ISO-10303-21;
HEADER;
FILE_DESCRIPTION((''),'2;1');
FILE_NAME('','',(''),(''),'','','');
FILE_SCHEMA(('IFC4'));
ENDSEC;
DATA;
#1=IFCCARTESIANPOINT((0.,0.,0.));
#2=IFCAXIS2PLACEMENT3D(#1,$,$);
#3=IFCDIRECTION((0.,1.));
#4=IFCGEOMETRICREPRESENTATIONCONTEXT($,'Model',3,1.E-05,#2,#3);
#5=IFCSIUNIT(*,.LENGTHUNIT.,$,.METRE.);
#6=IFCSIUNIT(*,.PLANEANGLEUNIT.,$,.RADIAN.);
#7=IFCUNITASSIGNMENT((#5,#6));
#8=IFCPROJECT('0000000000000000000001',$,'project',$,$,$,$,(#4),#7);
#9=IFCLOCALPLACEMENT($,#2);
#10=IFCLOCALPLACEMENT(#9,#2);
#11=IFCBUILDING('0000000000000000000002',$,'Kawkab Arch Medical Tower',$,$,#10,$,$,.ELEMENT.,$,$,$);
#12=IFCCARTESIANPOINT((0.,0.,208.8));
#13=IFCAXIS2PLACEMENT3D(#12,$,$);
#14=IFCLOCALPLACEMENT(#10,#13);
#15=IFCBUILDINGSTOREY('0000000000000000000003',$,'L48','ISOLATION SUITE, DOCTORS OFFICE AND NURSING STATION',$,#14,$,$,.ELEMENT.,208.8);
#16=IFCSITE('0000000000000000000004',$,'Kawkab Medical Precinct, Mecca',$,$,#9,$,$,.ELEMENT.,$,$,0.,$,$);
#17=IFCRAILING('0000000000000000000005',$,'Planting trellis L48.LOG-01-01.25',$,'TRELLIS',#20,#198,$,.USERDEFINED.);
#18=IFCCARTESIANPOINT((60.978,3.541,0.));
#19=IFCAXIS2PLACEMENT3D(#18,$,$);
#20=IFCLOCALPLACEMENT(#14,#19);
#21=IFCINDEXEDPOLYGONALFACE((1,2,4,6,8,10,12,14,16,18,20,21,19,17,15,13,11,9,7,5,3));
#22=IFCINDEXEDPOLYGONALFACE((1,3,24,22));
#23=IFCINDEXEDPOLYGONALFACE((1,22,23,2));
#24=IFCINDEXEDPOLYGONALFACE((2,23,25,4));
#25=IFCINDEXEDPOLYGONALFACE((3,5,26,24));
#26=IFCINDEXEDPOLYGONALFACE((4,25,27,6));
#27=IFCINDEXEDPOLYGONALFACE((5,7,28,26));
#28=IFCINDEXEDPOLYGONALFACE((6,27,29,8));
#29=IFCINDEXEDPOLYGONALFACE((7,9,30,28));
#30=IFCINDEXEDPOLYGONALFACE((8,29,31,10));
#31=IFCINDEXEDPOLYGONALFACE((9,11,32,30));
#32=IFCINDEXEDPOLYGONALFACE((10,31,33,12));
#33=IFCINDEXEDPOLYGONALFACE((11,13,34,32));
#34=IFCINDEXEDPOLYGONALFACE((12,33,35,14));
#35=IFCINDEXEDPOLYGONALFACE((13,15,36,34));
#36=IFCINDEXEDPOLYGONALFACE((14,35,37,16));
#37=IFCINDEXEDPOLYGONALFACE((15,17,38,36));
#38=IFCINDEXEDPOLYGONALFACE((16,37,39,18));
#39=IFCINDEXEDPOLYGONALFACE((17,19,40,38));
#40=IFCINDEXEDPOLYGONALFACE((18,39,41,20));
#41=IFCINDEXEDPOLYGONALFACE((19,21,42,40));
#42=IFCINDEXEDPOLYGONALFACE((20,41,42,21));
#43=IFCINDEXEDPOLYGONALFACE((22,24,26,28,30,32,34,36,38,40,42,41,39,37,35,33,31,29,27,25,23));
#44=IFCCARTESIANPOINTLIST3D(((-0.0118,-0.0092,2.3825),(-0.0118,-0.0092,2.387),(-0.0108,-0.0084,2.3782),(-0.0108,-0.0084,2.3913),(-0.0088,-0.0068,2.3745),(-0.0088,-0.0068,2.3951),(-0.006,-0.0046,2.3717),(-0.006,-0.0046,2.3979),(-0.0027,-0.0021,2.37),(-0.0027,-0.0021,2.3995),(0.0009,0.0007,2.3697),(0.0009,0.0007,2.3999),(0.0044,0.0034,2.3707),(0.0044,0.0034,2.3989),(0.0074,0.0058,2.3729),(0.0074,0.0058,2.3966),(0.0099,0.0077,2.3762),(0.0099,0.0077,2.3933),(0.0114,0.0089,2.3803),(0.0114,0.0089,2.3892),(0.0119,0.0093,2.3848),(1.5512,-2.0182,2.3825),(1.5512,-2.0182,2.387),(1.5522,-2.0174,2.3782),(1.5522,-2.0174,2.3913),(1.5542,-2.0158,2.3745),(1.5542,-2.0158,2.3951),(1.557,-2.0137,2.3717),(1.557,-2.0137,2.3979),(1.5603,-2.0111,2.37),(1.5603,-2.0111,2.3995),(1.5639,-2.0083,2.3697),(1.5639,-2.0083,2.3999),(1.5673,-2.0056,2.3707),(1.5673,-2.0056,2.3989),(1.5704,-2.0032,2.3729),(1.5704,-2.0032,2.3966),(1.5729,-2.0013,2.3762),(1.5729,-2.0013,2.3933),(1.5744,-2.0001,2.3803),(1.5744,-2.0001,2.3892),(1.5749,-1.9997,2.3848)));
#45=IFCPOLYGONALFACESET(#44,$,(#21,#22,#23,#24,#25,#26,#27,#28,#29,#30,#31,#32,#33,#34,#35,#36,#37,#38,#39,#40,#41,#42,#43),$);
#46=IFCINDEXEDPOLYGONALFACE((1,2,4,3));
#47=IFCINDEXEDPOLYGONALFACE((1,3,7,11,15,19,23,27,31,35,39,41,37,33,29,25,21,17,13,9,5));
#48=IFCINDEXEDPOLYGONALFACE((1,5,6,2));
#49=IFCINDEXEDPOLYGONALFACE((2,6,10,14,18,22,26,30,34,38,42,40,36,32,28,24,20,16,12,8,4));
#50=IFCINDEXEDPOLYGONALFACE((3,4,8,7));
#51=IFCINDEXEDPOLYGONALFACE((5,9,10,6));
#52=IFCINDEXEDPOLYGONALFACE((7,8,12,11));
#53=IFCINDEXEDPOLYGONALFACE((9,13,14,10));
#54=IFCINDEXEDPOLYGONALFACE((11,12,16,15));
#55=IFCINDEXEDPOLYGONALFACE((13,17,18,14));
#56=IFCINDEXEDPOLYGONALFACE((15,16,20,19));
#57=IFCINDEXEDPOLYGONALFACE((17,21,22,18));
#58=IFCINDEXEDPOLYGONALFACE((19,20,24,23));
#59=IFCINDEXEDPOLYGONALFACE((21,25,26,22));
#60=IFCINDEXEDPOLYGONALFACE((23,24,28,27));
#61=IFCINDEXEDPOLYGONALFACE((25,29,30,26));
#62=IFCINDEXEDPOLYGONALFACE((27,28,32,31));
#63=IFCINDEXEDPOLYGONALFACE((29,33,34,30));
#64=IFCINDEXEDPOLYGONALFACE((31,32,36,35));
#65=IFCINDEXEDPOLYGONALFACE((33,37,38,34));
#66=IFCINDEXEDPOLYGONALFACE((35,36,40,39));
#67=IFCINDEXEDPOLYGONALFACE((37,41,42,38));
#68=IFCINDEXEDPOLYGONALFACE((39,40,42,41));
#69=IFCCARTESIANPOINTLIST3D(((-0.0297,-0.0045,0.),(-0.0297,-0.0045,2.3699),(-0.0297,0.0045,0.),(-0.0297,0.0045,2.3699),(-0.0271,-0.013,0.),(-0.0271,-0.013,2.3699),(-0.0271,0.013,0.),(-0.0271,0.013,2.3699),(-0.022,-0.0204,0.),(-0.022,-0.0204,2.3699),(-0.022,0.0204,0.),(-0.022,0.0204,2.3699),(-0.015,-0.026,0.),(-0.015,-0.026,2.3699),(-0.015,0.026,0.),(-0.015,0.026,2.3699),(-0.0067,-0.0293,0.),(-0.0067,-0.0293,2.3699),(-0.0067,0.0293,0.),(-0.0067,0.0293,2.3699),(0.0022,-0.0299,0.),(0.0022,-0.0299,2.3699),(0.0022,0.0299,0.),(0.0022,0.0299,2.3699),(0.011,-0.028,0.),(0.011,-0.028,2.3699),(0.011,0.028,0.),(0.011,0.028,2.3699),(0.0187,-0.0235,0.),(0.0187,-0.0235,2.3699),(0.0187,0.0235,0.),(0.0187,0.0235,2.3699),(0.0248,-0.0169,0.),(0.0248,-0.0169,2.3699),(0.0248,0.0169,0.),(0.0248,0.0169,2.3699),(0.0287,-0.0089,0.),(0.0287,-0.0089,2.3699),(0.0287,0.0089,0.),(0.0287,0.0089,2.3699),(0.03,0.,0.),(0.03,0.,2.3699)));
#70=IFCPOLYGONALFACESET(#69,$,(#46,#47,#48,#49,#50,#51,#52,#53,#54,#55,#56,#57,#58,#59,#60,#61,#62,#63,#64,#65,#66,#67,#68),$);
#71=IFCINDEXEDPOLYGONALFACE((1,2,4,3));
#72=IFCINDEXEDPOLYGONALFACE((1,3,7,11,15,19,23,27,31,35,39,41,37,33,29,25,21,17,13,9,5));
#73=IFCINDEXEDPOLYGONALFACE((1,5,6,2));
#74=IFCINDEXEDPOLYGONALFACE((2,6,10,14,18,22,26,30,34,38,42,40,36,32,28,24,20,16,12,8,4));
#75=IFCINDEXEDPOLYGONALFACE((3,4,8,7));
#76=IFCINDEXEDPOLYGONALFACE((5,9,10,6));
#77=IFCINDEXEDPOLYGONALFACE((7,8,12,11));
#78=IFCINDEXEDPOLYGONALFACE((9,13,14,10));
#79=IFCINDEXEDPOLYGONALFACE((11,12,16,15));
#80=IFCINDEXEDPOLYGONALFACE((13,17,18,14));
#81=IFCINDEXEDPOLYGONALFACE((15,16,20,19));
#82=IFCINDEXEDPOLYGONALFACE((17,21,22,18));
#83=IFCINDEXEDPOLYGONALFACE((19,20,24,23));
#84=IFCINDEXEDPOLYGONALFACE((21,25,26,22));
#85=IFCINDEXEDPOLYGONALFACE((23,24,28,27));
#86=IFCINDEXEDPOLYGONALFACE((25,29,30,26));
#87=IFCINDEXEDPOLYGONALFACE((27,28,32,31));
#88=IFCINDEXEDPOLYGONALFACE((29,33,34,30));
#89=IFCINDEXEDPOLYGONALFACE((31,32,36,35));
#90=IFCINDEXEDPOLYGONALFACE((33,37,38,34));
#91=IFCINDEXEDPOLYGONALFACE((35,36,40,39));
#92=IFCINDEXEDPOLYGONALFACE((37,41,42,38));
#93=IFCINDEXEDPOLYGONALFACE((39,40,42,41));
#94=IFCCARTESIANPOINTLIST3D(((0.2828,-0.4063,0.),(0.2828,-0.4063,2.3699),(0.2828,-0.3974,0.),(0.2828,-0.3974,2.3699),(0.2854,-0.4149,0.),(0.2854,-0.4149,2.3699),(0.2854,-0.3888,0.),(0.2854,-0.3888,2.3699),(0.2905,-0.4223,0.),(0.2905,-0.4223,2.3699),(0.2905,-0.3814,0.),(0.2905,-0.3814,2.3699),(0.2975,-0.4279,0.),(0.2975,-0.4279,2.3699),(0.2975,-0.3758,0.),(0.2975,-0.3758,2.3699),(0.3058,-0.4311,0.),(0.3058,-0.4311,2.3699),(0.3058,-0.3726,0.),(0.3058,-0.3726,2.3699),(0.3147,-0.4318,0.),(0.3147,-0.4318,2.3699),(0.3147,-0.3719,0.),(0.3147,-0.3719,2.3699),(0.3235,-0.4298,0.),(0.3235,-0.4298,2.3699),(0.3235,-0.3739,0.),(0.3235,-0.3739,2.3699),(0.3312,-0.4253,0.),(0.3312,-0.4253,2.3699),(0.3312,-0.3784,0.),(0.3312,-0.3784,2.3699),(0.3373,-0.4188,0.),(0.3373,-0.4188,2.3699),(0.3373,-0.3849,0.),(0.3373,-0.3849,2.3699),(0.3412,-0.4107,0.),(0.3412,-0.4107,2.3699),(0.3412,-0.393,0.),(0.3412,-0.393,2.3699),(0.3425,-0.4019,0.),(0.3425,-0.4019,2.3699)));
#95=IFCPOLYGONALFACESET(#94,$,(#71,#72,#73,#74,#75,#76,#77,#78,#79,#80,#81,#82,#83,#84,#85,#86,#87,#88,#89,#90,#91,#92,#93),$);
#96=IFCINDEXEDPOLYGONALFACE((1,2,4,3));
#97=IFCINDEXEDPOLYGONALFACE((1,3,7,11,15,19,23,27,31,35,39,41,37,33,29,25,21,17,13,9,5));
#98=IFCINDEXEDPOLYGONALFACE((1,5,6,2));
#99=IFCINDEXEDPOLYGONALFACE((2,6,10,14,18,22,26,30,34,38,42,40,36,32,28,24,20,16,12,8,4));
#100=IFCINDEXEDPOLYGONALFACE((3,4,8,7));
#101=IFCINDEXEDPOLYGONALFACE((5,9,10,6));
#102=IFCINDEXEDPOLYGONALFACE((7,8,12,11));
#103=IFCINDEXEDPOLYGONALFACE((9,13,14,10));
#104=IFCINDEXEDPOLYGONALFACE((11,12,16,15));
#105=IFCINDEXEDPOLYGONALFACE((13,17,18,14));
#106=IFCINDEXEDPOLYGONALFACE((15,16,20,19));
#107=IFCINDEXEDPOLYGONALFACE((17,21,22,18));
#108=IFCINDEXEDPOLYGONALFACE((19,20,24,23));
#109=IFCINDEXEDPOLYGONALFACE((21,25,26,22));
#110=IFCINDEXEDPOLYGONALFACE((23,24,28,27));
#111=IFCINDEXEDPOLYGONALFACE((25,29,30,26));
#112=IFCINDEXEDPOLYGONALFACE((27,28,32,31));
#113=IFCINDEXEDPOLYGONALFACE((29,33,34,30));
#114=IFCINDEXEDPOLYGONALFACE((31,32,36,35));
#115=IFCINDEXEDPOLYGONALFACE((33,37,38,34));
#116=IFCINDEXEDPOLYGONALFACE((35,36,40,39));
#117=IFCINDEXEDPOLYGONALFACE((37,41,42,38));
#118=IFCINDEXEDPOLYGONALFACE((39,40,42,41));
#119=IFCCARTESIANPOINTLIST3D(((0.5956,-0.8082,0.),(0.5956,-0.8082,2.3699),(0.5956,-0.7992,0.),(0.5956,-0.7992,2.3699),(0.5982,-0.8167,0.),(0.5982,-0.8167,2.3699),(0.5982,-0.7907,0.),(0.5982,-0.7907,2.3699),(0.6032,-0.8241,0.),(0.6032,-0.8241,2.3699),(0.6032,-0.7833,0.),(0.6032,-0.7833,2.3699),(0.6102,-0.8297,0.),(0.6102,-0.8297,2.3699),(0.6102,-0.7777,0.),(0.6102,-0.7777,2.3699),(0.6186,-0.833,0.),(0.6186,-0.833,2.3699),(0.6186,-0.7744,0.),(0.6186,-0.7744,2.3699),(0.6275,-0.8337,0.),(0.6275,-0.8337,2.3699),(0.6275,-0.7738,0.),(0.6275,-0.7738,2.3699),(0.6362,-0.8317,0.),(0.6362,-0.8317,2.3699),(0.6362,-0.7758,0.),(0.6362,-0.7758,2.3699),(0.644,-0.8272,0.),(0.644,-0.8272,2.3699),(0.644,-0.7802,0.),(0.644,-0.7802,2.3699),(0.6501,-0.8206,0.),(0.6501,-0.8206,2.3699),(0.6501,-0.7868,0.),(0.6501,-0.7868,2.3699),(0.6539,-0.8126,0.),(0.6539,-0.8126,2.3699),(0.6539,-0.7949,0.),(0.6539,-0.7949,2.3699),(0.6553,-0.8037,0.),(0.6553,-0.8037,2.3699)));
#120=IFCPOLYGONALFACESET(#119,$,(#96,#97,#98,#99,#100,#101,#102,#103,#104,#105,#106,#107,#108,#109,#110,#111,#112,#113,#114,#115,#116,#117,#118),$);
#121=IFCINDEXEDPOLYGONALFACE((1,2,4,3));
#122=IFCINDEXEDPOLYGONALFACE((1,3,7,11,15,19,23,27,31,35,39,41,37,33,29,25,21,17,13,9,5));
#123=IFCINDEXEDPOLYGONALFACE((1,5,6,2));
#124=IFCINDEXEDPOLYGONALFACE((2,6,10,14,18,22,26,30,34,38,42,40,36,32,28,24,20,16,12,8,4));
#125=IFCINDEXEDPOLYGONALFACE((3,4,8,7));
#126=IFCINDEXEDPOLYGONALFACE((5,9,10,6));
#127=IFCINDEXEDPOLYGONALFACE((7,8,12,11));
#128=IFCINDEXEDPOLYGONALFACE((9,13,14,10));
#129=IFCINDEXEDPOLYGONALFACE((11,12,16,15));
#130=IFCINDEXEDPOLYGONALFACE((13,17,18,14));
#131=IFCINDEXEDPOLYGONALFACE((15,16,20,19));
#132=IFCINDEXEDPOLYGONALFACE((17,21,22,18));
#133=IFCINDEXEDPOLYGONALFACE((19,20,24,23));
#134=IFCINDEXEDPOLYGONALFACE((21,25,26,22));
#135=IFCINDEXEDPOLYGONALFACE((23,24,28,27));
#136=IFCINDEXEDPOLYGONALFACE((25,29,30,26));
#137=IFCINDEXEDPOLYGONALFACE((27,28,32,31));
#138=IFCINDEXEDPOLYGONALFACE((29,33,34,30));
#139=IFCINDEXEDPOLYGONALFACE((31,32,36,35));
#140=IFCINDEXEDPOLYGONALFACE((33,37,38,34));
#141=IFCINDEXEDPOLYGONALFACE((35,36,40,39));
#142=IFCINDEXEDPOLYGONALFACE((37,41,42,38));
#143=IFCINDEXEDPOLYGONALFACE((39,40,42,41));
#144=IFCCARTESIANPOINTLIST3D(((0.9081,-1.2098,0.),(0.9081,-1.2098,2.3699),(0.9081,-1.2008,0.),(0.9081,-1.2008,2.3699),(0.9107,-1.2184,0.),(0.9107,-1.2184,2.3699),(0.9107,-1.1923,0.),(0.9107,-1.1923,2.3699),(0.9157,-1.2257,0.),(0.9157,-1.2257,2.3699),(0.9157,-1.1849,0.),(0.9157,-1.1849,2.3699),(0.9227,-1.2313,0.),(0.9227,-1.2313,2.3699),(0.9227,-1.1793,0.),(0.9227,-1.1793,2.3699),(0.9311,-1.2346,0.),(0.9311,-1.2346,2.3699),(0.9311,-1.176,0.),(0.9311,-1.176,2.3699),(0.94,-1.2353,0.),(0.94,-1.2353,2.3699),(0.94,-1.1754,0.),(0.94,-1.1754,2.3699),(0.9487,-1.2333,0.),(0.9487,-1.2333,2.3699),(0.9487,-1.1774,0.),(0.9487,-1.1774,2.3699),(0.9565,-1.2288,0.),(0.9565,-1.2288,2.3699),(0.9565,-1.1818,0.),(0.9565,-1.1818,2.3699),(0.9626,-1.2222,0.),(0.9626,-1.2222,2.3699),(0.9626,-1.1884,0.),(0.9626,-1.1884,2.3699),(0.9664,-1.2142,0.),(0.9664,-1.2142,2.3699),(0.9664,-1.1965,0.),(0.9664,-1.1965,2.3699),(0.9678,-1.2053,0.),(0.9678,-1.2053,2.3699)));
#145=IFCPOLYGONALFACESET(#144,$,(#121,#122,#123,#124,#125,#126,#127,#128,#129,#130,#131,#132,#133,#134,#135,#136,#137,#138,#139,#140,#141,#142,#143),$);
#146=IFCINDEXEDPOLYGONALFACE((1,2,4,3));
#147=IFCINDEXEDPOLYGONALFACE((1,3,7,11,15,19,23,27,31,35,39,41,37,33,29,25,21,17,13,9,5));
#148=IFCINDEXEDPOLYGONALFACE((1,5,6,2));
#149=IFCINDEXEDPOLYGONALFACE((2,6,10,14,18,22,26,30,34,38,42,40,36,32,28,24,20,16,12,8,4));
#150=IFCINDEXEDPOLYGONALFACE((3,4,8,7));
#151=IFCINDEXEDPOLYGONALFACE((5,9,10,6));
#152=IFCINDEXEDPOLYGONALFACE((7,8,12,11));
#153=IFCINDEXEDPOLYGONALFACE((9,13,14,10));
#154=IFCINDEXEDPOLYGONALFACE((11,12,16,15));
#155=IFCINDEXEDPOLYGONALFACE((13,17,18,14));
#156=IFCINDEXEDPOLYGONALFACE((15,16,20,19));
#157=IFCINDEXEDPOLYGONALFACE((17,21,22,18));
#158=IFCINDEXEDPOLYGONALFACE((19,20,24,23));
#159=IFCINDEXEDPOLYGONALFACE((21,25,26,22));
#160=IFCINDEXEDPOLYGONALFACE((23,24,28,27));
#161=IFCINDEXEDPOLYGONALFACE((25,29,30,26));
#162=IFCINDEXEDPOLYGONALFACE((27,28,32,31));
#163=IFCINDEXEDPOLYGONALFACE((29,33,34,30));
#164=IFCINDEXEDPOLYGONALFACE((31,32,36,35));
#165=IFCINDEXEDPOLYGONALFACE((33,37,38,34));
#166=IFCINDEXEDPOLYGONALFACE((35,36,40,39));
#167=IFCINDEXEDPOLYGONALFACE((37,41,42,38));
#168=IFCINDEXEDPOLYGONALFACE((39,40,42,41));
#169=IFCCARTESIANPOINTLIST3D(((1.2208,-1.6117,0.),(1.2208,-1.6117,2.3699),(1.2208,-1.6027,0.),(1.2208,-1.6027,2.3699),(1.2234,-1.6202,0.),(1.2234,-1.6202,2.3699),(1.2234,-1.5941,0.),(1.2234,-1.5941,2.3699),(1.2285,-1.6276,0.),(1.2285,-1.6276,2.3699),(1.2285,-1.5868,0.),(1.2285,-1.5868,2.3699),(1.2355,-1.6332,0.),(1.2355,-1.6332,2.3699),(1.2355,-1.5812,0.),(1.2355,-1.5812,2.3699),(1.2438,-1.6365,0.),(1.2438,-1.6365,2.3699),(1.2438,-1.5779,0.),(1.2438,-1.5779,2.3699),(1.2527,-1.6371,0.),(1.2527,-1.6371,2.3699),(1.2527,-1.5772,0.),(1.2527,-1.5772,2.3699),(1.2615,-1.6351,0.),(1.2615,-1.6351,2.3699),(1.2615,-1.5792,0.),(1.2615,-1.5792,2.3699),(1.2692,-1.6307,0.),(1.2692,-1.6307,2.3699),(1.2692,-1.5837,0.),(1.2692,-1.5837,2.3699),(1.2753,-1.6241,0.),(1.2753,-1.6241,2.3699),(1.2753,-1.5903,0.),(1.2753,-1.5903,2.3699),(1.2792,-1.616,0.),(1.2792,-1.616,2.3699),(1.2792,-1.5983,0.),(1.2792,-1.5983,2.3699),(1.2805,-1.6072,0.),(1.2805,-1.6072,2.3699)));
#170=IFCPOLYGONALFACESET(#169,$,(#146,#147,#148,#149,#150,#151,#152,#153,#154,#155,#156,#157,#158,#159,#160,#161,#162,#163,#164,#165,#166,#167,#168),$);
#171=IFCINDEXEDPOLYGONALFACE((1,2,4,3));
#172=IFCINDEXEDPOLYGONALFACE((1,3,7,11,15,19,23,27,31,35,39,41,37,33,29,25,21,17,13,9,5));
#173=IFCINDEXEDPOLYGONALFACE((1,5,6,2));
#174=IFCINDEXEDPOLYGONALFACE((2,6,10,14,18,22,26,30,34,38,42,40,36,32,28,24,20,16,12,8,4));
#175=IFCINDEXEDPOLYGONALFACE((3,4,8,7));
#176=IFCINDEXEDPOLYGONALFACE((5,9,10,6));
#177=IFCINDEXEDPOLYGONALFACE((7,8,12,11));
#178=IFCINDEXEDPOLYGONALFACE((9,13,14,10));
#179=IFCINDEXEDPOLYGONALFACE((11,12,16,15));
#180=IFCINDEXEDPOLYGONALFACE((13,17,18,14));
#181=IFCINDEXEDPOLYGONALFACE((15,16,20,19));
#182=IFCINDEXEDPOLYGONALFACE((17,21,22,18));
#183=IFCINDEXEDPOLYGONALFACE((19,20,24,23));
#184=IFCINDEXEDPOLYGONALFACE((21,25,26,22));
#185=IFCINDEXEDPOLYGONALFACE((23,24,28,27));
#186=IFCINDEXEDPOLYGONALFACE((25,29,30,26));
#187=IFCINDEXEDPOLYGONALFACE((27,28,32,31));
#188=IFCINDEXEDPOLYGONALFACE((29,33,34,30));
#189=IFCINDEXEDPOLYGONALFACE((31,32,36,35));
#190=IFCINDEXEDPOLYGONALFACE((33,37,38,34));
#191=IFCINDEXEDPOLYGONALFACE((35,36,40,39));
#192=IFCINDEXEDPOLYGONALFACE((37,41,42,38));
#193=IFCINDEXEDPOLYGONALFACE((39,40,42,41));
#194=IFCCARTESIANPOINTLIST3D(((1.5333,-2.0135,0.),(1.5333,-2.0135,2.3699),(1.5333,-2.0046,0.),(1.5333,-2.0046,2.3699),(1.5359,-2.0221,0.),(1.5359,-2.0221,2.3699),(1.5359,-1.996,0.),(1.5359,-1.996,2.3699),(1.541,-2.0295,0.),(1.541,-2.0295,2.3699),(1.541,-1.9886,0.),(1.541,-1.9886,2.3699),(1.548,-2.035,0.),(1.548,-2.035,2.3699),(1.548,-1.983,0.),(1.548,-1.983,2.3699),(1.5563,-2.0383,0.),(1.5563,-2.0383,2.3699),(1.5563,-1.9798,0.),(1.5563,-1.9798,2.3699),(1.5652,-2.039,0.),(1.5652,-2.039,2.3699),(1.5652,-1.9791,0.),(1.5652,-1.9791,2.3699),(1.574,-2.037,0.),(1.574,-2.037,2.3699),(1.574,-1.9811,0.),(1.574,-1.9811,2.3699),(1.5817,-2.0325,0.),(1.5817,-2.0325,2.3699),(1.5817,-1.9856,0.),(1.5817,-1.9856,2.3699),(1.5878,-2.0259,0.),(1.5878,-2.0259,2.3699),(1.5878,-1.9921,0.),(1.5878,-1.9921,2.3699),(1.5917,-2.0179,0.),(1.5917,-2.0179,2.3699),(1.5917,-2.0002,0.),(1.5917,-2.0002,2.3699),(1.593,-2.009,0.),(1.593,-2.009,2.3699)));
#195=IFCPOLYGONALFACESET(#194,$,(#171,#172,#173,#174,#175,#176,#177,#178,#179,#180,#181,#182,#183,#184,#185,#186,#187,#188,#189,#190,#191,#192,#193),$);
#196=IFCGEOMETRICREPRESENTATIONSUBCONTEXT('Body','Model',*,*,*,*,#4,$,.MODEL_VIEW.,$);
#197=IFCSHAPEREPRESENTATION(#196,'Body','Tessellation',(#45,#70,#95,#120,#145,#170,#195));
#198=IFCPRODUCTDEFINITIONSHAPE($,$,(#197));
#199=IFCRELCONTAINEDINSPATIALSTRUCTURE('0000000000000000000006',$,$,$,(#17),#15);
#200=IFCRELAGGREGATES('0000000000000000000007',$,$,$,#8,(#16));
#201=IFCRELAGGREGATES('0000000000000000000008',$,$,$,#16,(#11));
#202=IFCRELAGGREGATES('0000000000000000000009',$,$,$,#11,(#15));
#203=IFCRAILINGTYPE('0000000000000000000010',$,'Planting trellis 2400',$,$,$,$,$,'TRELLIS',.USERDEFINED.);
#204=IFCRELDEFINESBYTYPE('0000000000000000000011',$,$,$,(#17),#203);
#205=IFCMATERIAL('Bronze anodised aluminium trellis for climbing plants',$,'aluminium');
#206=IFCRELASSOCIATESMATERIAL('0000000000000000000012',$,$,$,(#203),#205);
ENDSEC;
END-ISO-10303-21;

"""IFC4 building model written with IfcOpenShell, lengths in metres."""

from ifc_helpers import new_model, si_unit, direction, frame, origin, origin_2d, place, context, subcontext, project, spatial, circle, extrude, material, type_object, element, save


model = new_model("IFC4")

# Units and contexts
model_context = context("Model", 3, precision=1e-05, world=origin(), true_north=direction((0.0, 1.0)))
body_context = subcontext(model_context, "Body", "Model", "MODEL_VIEW")
ifc_project = project(units=[si_unit("LENGTHUNIT", "METRE"), si_unit("PLANEANGLEUNIT", "RADIAN")], contexts=[model_context])

# Site, building, storey
site_placement = place(None, origin())
site = spatial("IfcSite", under=ifc_project, at=site_placement, Name="Kawkab Medical Precinct, Mecca", CompositionType="ELEMENT", RefElevation=0.0)
building_placement = place(site_placement, origin())
building = spatial("IfcBuilding", under=site, at=building_placement, Name="Kawkab Arch Medical Tower", CompositionType="ELEMENT")
storey_placement = place(building_placement, frame((0.0, 0.0, 208.8)))
storey = spatial("IfcBuildingStorey", under=building, at=storey_placement, Name="L48", Description="ISOLATION SUITE, DOCTORS OFFICE AND NURSING STATION", CompositionType="ELEMENT", Elevation=208.8)

# Railing
ifc_material_1 = material(Name="Bronze anodised aluminium trellis for climbing plants", Category="aluminium")
railing_type_1 = type_object("IfcRailingType", Name="Planting trellis 2400", ElementType="TRELLIS", PredefinedType="USERDEFINED", material=ifc_material_1)
railing_1_placement = place(storey_placement, frame((60.978, 3.541, 0.0)))
element("IfcRailing", 1, at=railing_1_placement, inside=storey, type_object=railing_type_1, Name="Planting trellis L48.LOG-01-01.25", ObjectType="TRELLIS", PredefinedType="USERDEFINED", context=body_context, shape_type="SweptSolid", body=[
    extrude(circle(Radius=0.0151, at=origin_2d()), frame((0.0, 0.0, 2.3848), z_axis=(0.61404, -0.789275, 0.0), x_axis=(0.789275, 0.61404, 0.0)), (0.0, 0.0, 1.0), 2.5454),
    extrude(circle(Radius=0.03, at=origin_2d()), origin(), (0.0, 0.0, 1.0), 2.3699),
    extrude(circle(Radius=0.03, at=origin_2d()), frame((0.3125, -0.4019, 0.0)), (0.0, 0.0, 1.0), 2.3699),
    extrude(circle(Radius=0.03, at=origin_2d()), frame((0.6252, -0.8037, 0.0)), (0.0, 0.0, 1.0), 2.3699),
    extrude(circle(Radius=0.03, at=origin_2d()), frame((0.9377, -1.2053, 0.0)), (0.0, 0.0, 1.0), 2.3699),
    extrude(circle(Radius=0.03, at=origin_2d()), frame((1.2505, -1.6072, 0.0)), (0.0, 0.0, 1.0), 2.3699),
    extrude(circle(Radius=0.03, at=origin_2d()), frame((1.563, -2.009, 0.0)), (0.0, 0.0, 1.0), 2.3699),
])

save(model, "model.ifc")
